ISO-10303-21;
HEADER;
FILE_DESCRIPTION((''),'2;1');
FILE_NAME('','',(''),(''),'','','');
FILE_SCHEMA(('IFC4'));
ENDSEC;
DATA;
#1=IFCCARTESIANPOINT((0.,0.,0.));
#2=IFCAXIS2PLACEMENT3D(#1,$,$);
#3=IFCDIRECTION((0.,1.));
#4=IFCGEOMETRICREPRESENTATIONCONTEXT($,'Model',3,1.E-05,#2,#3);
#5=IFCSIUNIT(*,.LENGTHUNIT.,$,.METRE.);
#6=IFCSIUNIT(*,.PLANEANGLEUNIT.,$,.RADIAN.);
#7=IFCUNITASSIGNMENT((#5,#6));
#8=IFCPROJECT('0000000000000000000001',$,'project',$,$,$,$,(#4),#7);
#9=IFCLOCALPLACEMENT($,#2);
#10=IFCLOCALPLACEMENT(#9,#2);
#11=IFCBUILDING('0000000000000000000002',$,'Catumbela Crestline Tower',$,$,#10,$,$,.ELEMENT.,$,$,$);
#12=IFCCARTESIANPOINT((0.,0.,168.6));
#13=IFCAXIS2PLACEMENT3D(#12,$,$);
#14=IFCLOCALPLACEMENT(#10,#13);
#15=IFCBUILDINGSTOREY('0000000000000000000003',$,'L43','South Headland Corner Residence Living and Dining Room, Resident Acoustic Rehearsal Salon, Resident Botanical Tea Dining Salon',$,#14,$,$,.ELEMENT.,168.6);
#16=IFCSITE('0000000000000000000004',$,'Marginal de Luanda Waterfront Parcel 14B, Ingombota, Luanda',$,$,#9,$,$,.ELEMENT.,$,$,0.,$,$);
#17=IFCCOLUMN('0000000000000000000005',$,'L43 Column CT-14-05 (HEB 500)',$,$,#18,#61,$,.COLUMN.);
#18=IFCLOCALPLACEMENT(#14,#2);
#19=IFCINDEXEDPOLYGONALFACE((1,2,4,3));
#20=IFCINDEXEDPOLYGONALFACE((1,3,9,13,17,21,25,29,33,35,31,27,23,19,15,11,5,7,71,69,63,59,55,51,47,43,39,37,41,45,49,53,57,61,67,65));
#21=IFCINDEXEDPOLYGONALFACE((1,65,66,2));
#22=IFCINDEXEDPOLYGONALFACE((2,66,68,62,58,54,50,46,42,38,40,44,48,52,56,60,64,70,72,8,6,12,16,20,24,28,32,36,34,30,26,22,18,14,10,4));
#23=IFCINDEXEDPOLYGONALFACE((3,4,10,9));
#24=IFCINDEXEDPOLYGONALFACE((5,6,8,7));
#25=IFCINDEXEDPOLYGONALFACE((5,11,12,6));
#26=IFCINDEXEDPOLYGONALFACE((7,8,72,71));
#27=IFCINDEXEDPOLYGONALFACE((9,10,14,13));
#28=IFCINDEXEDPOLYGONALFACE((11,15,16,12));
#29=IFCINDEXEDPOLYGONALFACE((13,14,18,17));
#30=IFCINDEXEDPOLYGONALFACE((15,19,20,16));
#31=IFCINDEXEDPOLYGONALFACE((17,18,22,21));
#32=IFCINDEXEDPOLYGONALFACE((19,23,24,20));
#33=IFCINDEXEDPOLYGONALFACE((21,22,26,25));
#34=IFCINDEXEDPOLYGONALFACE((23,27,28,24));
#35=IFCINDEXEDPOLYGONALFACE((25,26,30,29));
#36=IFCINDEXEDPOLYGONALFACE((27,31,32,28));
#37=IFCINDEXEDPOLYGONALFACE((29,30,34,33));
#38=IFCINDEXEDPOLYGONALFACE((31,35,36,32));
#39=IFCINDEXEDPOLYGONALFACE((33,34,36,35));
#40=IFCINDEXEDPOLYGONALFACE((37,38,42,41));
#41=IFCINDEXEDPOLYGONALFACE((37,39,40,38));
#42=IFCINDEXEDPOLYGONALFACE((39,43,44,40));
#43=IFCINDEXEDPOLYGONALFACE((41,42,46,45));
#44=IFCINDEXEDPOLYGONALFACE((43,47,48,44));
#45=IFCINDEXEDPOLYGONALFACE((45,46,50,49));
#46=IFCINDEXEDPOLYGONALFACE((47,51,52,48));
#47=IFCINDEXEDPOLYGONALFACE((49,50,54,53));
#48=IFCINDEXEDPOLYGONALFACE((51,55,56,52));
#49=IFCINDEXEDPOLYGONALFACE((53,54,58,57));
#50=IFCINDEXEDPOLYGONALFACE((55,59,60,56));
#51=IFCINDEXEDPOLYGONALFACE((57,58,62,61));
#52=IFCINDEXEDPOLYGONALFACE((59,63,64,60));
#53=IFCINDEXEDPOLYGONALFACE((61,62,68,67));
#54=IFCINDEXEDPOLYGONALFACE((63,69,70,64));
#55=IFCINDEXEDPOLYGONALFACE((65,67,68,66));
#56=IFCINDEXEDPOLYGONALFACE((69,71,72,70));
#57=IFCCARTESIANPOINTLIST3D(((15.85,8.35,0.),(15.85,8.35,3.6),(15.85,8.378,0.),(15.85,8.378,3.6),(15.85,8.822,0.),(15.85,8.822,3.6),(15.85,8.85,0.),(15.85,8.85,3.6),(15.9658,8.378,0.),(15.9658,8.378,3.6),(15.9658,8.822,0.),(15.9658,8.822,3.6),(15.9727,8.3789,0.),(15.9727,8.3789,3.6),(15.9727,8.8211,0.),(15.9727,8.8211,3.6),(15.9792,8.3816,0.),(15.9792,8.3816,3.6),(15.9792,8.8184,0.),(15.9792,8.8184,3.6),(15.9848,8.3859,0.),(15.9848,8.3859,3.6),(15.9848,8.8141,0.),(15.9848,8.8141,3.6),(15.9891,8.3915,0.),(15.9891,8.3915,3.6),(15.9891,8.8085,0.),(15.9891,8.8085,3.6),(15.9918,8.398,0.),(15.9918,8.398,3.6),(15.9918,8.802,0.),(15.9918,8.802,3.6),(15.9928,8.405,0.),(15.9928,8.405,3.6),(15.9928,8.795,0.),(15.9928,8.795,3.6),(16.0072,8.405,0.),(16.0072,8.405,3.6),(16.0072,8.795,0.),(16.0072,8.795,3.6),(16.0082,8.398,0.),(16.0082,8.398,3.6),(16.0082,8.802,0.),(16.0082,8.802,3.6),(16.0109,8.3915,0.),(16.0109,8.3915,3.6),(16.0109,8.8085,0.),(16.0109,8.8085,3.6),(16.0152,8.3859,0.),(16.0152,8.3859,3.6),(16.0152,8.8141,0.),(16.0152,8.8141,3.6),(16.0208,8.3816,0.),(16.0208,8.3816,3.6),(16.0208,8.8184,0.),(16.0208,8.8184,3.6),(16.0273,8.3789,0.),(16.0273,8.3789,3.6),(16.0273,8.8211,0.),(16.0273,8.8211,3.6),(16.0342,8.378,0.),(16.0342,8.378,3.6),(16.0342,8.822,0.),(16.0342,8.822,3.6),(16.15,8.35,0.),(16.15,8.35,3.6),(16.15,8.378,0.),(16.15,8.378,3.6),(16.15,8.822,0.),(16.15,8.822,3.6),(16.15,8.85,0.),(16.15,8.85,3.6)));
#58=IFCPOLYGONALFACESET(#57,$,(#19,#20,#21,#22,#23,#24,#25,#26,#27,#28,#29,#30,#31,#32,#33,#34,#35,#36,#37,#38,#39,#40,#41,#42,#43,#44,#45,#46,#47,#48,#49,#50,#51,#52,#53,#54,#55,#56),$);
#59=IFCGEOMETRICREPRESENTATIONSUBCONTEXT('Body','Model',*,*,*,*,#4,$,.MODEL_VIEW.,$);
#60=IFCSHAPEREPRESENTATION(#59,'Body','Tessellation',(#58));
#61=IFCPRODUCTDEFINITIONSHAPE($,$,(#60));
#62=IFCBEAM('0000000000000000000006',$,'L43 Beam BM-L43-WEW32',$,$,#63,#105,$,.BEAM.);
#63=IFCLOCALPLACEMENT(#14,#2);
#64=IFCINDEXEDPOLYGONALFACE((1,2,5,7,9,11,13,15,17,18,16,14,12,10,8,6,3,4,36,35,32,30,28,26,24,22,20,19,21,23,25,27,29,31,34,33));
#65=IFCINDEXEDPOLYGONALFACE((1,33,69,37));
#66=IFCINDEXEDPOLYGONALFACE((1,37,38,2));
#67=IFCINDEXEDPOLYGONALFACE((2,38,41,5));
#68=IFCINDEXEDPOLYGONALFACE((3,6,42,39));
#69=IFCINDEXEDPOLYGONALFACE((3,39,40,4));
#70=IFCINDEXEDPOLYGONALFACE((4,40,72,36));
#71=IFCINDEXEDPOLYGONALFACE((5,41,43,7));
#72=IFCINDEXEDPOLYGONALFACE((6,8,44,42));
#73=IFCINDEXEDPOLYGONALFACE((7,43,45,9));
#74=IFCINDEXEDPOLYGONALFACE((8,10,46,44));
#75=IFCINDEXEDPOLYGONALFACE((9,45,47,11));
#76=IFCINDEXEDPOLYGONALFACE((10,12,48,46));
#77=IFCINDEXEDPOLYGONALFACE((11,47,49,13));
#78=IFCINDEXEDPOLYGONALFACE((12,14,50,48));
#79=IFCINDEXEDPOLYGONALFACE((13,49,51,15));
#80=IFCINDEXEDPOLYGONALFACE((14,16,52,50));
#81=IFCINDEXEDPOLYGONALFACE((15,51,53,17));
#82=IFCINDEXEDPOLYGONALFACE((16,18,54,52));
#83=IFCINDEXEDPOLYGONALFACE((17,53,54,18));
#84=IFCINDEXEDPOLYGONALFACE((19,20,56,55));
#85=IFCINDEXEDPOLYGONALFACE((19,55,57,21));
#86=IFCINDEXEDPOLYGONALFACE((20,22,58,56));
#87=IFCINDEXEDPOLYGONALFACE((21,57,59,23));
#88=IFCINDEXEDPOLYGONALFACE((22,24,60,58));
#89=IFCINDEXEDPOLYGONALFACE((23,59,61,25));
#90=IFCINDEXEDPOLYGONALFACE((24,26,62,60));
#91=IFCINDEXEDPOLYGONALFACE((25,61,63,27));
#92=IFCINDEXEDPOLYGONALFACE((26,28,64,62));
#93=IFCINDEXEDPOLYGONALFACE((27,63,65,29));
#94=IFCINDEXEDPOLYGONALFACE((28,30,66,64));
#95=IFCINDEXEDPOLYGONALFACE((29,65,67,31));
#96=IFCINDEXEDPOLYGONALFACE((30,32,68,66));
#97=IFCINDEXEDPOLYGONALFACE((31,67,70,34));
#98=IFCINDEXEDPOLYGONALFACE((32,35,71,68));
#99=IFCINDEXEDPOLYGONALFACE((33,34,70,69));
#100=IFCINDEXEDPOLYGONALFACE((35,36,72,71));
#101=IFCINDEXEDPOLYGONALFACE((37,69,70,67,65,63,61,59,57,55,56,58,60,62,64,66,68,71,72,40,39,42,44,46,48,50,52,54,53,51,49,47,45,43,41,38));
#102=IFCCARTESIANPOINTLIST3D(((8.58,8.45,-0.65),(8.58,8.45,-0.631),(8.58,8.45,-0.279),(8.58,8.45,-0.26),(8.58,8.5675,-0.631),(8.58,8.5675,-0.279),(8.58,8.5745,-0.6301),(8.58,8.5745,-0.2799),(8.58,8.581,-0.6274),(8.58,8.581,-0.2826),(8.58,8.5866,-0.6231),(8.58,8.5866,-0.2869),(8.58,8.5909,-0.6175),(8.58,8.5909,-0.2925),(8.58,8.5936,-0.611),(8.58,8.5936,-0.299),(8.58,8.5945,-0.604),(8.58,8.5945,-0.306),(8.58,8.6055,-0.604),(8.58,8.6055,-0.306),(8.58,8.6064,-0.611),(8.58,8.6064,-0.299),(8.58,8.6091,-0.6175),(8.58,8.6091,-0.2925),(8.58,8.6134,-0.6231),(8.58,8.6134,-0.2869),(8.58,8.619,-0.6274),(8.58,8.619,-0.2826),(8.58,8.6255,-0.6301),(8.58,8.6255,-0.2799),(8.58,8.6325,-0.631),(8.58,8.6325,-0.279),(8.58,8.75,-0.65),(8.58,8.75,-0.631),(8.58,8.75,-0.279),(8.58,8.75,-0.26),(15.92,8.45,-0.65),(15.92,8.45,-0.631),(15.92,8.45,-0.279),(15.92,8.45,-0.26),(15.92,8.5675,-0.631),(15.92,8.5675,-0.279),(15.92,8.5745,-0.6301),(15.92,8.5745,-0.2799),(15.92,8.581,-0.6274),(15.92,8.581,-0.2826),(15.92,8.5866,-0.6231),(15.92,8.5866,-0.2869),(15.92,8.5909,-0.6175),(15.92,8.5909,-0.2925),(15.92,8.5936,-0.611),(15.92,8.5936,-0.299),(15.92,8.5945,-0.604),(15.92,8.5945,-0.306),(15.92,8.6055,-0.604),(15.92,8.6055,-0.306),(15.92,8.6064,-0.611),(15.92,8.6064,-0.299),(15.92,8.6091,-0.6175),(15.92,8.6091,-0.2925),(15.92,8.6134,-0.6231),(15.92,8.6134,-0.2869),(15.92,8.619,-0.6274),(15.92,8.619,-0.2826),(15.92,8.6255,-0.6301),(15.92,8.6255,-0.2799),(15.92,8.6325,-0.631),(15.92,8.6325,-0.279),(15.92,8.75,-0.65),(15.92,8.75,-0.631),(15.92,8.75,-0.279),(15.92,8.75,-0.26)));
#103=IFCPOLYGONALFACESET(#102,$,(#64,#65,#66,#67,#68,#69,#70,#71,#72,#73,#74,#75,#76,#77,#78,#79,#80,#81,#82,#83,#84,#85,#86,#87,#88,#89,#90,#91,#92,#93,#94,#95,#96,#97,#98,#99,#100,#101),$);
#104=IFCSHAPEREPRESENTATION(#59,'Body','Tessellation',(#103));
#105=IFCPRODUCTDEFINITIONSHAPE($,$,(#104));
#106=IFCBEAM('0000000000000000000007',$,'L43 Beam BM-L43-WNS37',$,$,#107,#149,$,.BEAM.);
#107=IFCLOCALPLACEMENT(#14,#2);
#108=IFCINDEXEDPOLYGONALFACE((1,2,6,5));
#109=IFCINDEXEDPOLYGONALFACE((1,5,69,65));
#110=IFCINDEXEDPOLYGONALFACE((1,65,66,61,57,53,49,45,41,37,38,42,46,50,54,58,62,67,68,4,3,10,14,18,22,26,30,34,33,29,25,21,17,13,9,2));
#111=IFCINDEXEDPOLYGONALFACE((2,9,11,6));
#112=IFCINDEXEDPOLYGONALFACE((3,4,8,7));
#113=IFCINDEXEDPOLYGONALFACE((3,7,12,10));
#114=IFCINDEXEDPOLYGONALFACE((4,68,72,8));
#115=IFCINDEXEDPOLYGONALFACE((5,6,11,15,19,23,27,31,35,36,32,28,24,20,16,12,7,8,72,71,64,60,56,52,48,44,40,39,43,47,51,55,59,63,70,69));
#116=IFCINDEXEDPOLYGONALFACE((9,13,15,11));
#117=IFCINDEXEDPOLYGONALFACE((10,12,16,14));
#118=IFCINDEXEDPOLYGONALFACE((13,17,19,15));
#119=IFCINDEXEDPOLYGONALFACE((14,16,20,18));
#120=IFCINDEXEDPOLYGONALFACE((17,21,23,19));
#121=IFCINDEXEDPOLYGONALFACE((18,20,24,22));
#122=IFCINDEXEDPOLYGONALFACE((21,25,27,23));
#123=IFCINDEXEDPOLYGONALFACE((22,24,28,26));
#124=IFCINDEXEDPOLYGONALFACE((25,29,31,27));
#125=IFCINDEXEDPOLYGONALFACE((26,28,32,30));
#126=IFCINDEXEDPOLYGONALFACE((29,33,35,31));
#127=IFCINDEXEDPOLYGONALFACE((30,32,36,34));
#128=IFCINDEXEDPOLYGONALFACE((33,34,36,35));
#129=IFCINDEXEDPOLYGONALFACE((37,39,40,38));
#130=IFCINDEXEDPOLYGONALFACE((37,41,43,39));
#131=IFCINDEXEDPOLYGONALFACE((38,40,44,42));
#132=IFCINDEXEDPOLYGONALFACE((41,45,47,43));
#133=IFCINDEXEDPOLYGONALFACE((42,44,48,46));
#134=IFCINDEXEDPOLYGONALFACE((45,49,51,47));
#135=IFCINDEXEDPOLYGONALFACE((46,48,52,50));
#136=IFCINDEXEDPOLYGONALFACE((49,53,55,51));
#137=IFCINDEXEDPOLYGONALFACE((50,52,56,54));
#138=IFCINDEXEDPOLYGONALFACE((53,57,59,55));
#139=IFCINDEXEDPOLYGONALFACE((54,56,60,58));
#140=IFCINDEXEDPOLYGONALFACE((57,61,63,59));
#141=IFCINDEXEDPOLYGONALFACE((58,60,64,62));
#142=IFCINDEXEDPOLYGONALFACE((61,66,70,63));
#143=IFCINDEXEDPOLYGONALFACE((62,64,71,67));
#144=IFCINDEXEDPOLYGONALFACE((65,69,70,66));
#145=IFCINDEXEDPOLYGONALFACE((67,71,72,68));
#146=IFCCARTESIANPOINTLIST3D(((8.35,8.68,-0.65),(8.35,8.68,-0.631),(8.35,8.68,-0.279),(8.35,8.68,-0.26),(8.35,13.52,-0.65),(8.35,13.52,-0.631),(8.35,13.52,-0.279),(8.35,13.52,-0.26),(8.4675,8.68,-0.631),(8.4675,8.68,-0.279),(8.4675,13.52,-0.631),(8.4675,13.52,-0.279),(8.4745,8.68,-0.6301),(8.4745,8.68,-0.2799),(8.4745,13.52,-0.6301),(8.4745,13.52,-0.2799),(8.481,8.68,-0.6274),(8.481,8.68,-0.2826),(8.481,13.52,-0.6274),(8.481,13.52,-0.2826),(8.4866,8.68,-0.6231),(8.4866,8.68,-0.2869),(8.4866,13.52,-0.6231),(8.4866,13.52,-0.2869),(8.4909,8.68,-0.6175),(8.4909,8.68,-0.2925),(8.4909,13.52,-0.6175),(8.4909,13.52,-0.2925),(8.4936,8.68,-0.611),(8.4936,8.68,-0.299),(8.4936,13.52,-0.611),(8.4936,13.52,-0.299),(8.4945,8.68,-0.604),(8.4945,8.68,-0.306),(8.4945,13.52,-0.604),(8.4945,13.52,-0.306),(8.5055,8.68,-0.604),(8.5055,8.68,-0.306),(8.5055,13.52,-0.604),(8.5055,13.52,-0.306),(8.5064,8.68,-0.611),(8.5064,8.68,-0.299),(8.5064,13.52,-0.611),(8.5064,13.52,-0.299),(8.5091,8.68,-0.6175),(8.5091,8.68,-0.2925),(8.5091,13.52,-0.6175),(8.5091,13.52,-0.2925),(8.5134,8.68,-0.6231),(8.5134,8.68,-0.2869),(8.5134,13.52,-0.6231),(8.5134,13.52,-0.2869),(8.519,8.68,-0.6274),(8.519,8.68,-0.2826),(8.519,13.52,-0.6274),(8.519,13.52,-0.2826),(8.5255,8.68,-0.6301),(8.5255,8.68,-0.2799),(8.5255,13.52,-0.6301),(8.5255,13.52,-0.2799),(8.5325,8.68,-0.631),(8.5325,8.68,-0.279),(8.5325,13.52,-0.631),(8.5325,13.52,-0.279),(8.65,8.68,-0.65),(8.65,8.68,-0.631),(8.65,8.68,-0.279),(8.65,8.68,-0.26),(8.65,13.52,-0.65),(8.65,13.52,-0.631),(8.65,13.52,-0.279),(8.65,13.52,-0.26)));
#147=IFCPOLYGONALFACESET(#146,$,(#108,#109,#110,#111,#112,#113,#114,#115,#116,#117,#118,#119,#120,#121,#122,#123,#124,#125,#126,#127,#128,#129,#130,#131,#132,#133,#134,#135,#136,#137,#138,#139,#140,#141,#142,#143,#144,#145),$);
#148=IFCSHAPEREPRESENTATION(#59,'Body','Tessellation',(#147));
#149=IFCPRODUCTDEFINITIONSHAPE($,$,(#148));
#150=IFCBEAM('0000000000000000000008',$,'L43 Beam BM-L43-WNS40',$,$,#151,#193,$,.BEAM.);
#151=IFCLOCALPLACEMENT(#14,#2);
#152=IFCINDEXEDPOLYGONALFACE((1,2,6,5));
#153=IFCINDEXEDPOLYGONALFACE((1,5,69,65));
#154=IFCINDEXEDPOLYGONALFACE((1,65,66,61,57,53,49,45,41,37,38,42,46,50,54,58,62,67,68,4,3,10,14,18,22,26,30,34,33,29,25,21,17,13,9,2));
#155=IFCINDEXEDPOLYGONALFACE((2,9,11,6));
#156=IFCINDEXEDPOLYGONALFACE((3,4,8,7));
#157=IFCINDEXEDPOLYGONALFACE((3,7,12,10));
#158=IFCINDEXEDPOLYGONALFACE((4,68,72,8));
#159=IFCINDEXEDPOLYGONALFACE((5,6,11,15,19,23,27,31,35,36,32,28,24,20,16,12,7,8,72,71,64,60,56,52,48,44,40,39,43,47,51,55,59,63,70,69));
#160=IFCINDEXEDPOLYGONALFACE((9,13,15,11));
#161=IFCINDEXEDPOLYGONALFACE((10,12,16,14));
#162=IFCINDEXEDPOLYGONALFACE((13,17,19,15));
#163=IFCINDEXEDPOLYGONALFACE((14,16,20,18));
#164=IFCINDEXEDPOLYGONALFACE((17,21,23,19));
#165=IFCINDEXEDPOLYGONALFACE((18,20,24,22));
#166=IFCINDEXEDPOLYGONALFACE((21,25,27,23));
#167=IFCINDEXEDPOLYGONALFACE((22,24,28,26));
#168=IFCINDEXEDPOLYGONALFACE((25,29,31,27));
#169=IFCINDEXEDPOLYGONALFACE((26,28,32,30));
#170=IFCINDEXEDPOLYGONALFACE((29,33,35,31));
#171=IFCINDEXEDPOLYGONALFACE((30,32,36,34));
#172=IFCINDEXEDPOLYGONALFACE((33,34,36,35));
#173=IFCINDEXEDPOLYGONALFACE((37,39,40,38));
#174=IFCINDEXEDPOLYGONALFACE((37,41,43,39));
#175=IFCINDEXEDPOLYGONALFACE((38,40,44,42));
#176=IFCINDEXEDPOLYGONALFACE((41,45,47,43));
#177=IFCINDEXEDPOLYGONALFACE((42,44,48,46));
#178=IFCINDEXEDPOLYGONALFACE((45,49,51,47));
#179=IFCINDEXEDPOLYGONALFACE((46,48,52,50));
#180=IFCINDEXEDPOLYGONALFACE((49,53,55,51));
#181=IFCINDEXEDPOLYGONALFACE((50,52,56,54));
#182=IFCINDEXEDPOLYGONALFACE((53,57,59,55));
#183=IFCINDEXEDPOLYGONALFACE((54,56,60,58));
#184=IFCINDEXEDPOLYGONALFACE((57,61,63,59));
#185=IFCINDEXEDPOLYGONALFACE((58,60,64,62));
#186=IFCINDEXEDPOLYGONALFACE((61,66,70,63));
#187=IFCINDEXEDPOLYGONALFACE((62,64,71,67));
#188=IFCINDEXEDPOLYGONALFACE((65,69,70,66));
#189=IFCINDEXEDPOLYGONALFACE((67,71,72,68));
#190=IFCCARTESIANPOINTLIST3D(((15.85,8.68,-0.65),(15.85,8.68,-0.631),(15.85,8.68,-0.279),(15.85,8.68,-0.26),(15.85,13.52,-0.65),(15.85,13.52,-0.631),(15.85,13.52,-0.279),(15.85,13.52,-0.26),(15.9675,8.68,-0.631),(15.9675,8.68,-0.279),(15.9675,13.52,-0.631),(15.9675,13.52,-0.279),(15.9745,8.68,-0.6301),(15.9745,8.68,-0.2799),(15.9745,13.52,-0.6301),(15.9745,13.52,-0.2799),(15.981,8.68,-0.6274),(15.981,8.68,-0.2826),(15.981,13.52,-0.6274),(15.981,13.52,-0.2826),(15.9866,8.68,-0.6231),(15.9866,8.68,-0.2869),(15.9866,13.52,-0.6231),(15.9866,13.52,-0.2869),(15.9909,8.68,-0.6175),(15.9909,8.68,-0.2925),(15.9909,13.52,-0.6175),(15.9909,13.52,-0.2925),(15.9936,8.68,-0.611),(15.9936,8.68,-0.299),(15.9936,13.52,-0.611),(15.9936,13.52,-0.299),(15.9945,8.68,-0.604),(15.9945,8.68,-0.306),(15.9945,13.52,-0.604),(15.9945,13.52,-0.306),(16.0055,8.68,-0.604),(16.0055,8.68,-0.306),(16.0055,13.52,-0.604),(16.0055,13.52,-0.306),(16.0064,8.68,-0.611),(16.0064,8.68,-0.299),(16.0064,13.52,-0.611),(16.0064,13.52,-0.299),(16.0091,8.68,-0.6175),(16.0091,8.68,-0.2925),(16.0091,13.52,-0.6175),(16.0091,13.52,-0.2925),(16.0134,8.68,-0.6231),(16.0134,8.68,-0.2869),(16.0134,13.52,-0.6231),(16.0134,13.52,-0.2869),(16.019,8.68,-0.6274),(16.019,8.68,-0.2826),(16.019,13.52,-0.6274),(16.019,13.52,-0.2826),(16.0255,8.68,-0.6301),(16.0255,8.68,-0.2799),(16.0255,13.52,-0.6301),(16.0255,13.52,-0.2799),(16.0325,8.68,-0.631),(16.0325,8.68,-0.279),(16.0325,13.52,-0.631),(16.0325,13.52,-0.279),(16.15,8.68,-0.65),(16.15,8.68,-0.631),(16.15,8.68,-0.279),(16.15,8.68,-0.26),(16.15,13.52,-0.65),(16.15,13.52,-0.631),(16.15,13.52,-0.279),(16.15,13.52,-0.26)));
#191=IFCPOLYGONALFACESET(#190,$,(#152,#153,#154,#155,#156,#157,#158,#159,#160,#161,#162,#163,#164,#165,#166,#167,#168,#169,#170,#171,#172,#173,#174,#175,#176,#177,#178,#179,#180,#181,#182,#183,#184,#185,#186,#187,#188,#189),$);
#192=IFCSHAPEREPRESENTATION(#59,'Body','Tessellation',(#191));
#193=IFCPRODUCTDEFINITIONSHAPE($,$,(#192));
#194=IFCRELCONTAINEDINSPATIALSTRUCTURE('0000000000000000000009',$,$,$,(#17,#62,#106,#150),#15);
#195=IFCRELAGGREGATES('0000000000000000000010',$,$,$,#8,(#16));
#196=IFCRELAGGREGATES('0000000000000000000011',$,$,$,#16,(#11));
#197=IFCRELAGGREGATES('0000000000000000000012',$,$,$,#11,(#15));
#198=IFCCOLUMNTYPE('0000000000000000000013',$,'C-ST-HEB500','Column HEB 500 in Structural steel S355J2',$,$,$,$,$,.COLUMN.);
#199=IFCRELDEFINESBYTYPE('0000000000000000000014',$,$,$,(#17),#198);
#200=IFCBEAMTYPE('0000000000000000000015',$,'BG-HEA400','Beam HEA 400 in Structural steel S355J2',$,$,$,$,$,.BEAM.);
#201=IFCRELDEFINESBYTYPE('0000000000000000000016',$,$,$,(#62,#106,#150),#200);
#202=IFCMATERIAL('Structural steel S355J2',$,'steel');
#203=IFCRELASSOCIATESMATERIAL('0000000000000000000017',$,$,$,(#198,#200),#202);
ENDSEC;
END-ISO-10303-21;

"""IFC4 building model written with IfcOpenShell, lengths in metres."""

from ifc_helpers import new_model, si_unit, direction, frame, origin, origin_2d, place, context, subcontext, project, spatial, i_section, extrude, material, material_profile, profile_set, type_object, element, save


model = new_model("IFC4")

# Units and contexts
model_context = context("Model", 3, precision=1e-05, world=origin(), true_north=direction((0.0, 1.0)))
body_context = subcontext(model_context, "Body", "Model", "MODEL_VIEW")
ifc_project = project(units=[si_unit("LENGTHUNIT", "METRE"), si_unit("PLANEANGLEUNIT", "RADIAN")], contexts=[model_context])

# Site, building, storey
site_placement = place(None, origin())
site = spatial("IfcSite", under=ifc_project, at=site_placement, Name="Marginal de Luanda Waterfront Parcel 14B, Ingombota, Luanda", CompositionType="ELEMENT", RefElevation=0.0)
building_placement = place(site_placement, origin())
building = spatial("IfcBuilding", under=site, at=building_placement, Name="Catumbela Crestline Tower", CompositionType="ELEMENT")
storey_placement = place(building_placement, frame((0.0, 0.0, 168.6)))
storey = spatial("IfcBuildingStorey", under=building, at=storey_placement, Name="L43", Description="South Headland Corner Residence Living and Dining Room, Resident Acoustic Rehearsal Salon, Resident Botanical Tea Dining Salon", CompositionType="ELEMENT", Elevation=168.6)

# Column
ifc_material_1 = material(Name="Structural steel S355J2", Category="steel")
ifc_material_profile_1 = material_profile(ifc_material_1, i_section(OverallWidth=0.3, OverallDepth=0.5, WebThickness=0.0145, FlangeThickness=0.028, FilletRadius=0.027, at=origin_2d()), Name="HEB 500")
ifc_profile_set_1 = profile_set([ifc_material_profile_1], Name="Structural steel S355J2")
column_type = type_object("IfcColumnType", Name="C-ST-HEB500", Description="Column HEB 500 in Structural steel S355J2", PredefinedType="COLUMN", material=ifc_profile_set_1)
column_placement = place(storey_placement, frame((16.0, 8.6, 0.0), z_axis=(0.0, 0.0, 1.0), x_axis=(1.0, 0.0, 0.0)))
element("IfcColumn", 1, at=column_placement, inside=storey, type_object=column_type, Name="L43 Column CT-14-05 (HEB 500)", PredefinedType="COLUMN", context=body_context, shape_type="SweptSolid", body=[
    extrude(i_section(OverallWidth=0.3, OverallDepth=0.5, WebThickness=0.0145, FlangeThickness=0.028, FilletRadius=0.027, at=origin_2d()), origin(), (0.0, 0.0, 1.0), 3.6),
])

# Beams
ifc_material_profile_2 = material_profile(ifc_material_1, i_section(OverallWidth=0.3, OverallDepth=0.39, WebThickness=0.011, FlangeThickness=0.019, FilletRadius=0.027, at=origin_2d()), Name="HEA 400")
ifc_profile_set_2 = profile_set([ifc_material_profile_2], Name="Structural steel S355J2")
beam_type_1 = type_object("IfcBeamType", Name="BG-HEA400", Description="Beam HEA 400 in Structural steel S355J2", PredefinedType="BEAM", material=ifc_profile_set_2)
beam_1_placement = place(storey_placement, frame((8.58, 8.6, -0.455), z_axis=(1.0, 0.0, 0.0), x_axis=(0.0, 1.0, 0.0)))
element("IfcBeam", 2, at=beam_1_placement, inside=storey, type_object=beam_type_1, Name="L43 Beam BM-L43-WEW32", PredefinedType="BEAM", context=body_context, shape_type="SweptSolid", body=[
    extrude(i_section(OverallWidth=0.3, OverallDepth=0.39, WebThickness=0.011, FlangeThickness=0.019, FilletRadius=0.027, at=origin_2d()), origin(), (0.0, 0.0, 1.0), 7.34),
])
for number, where, z_axis, x_axis, name in (
    (3, (8.5, 8.68, -0.455), (0.0, 1.0, 0.0), (-1.0, 0.0, 0.0), "L43 Beam BM-L43-WNS37"),
    (4, (16.0, 8.68, -0.455), (0.0, 1.0, 0.0), (-1.0, 0.0, 0.0), "L43 Beam BM-L43-WNS40"),
):
    element("IfcBeam", number, at=place(storey_placement, frame(where, z_axis=z_axis, x_axis=x_axis)), inside=storey, type_object=beam_type_1, Name=name, PredefinedType="BEAM", context=body_context, shape_type="SweptSolid", body=[
        extrude(i_section(OverallWidth=0.3, OverallDepth=0.39, WebThickness=0.011, FlangeThickness=0.019, FilletRadius=0.027, at=origin_2d()), origin(), (0.0, 0.0, 1.0), 4.84),
    ])

save(model, "model.ifc")
